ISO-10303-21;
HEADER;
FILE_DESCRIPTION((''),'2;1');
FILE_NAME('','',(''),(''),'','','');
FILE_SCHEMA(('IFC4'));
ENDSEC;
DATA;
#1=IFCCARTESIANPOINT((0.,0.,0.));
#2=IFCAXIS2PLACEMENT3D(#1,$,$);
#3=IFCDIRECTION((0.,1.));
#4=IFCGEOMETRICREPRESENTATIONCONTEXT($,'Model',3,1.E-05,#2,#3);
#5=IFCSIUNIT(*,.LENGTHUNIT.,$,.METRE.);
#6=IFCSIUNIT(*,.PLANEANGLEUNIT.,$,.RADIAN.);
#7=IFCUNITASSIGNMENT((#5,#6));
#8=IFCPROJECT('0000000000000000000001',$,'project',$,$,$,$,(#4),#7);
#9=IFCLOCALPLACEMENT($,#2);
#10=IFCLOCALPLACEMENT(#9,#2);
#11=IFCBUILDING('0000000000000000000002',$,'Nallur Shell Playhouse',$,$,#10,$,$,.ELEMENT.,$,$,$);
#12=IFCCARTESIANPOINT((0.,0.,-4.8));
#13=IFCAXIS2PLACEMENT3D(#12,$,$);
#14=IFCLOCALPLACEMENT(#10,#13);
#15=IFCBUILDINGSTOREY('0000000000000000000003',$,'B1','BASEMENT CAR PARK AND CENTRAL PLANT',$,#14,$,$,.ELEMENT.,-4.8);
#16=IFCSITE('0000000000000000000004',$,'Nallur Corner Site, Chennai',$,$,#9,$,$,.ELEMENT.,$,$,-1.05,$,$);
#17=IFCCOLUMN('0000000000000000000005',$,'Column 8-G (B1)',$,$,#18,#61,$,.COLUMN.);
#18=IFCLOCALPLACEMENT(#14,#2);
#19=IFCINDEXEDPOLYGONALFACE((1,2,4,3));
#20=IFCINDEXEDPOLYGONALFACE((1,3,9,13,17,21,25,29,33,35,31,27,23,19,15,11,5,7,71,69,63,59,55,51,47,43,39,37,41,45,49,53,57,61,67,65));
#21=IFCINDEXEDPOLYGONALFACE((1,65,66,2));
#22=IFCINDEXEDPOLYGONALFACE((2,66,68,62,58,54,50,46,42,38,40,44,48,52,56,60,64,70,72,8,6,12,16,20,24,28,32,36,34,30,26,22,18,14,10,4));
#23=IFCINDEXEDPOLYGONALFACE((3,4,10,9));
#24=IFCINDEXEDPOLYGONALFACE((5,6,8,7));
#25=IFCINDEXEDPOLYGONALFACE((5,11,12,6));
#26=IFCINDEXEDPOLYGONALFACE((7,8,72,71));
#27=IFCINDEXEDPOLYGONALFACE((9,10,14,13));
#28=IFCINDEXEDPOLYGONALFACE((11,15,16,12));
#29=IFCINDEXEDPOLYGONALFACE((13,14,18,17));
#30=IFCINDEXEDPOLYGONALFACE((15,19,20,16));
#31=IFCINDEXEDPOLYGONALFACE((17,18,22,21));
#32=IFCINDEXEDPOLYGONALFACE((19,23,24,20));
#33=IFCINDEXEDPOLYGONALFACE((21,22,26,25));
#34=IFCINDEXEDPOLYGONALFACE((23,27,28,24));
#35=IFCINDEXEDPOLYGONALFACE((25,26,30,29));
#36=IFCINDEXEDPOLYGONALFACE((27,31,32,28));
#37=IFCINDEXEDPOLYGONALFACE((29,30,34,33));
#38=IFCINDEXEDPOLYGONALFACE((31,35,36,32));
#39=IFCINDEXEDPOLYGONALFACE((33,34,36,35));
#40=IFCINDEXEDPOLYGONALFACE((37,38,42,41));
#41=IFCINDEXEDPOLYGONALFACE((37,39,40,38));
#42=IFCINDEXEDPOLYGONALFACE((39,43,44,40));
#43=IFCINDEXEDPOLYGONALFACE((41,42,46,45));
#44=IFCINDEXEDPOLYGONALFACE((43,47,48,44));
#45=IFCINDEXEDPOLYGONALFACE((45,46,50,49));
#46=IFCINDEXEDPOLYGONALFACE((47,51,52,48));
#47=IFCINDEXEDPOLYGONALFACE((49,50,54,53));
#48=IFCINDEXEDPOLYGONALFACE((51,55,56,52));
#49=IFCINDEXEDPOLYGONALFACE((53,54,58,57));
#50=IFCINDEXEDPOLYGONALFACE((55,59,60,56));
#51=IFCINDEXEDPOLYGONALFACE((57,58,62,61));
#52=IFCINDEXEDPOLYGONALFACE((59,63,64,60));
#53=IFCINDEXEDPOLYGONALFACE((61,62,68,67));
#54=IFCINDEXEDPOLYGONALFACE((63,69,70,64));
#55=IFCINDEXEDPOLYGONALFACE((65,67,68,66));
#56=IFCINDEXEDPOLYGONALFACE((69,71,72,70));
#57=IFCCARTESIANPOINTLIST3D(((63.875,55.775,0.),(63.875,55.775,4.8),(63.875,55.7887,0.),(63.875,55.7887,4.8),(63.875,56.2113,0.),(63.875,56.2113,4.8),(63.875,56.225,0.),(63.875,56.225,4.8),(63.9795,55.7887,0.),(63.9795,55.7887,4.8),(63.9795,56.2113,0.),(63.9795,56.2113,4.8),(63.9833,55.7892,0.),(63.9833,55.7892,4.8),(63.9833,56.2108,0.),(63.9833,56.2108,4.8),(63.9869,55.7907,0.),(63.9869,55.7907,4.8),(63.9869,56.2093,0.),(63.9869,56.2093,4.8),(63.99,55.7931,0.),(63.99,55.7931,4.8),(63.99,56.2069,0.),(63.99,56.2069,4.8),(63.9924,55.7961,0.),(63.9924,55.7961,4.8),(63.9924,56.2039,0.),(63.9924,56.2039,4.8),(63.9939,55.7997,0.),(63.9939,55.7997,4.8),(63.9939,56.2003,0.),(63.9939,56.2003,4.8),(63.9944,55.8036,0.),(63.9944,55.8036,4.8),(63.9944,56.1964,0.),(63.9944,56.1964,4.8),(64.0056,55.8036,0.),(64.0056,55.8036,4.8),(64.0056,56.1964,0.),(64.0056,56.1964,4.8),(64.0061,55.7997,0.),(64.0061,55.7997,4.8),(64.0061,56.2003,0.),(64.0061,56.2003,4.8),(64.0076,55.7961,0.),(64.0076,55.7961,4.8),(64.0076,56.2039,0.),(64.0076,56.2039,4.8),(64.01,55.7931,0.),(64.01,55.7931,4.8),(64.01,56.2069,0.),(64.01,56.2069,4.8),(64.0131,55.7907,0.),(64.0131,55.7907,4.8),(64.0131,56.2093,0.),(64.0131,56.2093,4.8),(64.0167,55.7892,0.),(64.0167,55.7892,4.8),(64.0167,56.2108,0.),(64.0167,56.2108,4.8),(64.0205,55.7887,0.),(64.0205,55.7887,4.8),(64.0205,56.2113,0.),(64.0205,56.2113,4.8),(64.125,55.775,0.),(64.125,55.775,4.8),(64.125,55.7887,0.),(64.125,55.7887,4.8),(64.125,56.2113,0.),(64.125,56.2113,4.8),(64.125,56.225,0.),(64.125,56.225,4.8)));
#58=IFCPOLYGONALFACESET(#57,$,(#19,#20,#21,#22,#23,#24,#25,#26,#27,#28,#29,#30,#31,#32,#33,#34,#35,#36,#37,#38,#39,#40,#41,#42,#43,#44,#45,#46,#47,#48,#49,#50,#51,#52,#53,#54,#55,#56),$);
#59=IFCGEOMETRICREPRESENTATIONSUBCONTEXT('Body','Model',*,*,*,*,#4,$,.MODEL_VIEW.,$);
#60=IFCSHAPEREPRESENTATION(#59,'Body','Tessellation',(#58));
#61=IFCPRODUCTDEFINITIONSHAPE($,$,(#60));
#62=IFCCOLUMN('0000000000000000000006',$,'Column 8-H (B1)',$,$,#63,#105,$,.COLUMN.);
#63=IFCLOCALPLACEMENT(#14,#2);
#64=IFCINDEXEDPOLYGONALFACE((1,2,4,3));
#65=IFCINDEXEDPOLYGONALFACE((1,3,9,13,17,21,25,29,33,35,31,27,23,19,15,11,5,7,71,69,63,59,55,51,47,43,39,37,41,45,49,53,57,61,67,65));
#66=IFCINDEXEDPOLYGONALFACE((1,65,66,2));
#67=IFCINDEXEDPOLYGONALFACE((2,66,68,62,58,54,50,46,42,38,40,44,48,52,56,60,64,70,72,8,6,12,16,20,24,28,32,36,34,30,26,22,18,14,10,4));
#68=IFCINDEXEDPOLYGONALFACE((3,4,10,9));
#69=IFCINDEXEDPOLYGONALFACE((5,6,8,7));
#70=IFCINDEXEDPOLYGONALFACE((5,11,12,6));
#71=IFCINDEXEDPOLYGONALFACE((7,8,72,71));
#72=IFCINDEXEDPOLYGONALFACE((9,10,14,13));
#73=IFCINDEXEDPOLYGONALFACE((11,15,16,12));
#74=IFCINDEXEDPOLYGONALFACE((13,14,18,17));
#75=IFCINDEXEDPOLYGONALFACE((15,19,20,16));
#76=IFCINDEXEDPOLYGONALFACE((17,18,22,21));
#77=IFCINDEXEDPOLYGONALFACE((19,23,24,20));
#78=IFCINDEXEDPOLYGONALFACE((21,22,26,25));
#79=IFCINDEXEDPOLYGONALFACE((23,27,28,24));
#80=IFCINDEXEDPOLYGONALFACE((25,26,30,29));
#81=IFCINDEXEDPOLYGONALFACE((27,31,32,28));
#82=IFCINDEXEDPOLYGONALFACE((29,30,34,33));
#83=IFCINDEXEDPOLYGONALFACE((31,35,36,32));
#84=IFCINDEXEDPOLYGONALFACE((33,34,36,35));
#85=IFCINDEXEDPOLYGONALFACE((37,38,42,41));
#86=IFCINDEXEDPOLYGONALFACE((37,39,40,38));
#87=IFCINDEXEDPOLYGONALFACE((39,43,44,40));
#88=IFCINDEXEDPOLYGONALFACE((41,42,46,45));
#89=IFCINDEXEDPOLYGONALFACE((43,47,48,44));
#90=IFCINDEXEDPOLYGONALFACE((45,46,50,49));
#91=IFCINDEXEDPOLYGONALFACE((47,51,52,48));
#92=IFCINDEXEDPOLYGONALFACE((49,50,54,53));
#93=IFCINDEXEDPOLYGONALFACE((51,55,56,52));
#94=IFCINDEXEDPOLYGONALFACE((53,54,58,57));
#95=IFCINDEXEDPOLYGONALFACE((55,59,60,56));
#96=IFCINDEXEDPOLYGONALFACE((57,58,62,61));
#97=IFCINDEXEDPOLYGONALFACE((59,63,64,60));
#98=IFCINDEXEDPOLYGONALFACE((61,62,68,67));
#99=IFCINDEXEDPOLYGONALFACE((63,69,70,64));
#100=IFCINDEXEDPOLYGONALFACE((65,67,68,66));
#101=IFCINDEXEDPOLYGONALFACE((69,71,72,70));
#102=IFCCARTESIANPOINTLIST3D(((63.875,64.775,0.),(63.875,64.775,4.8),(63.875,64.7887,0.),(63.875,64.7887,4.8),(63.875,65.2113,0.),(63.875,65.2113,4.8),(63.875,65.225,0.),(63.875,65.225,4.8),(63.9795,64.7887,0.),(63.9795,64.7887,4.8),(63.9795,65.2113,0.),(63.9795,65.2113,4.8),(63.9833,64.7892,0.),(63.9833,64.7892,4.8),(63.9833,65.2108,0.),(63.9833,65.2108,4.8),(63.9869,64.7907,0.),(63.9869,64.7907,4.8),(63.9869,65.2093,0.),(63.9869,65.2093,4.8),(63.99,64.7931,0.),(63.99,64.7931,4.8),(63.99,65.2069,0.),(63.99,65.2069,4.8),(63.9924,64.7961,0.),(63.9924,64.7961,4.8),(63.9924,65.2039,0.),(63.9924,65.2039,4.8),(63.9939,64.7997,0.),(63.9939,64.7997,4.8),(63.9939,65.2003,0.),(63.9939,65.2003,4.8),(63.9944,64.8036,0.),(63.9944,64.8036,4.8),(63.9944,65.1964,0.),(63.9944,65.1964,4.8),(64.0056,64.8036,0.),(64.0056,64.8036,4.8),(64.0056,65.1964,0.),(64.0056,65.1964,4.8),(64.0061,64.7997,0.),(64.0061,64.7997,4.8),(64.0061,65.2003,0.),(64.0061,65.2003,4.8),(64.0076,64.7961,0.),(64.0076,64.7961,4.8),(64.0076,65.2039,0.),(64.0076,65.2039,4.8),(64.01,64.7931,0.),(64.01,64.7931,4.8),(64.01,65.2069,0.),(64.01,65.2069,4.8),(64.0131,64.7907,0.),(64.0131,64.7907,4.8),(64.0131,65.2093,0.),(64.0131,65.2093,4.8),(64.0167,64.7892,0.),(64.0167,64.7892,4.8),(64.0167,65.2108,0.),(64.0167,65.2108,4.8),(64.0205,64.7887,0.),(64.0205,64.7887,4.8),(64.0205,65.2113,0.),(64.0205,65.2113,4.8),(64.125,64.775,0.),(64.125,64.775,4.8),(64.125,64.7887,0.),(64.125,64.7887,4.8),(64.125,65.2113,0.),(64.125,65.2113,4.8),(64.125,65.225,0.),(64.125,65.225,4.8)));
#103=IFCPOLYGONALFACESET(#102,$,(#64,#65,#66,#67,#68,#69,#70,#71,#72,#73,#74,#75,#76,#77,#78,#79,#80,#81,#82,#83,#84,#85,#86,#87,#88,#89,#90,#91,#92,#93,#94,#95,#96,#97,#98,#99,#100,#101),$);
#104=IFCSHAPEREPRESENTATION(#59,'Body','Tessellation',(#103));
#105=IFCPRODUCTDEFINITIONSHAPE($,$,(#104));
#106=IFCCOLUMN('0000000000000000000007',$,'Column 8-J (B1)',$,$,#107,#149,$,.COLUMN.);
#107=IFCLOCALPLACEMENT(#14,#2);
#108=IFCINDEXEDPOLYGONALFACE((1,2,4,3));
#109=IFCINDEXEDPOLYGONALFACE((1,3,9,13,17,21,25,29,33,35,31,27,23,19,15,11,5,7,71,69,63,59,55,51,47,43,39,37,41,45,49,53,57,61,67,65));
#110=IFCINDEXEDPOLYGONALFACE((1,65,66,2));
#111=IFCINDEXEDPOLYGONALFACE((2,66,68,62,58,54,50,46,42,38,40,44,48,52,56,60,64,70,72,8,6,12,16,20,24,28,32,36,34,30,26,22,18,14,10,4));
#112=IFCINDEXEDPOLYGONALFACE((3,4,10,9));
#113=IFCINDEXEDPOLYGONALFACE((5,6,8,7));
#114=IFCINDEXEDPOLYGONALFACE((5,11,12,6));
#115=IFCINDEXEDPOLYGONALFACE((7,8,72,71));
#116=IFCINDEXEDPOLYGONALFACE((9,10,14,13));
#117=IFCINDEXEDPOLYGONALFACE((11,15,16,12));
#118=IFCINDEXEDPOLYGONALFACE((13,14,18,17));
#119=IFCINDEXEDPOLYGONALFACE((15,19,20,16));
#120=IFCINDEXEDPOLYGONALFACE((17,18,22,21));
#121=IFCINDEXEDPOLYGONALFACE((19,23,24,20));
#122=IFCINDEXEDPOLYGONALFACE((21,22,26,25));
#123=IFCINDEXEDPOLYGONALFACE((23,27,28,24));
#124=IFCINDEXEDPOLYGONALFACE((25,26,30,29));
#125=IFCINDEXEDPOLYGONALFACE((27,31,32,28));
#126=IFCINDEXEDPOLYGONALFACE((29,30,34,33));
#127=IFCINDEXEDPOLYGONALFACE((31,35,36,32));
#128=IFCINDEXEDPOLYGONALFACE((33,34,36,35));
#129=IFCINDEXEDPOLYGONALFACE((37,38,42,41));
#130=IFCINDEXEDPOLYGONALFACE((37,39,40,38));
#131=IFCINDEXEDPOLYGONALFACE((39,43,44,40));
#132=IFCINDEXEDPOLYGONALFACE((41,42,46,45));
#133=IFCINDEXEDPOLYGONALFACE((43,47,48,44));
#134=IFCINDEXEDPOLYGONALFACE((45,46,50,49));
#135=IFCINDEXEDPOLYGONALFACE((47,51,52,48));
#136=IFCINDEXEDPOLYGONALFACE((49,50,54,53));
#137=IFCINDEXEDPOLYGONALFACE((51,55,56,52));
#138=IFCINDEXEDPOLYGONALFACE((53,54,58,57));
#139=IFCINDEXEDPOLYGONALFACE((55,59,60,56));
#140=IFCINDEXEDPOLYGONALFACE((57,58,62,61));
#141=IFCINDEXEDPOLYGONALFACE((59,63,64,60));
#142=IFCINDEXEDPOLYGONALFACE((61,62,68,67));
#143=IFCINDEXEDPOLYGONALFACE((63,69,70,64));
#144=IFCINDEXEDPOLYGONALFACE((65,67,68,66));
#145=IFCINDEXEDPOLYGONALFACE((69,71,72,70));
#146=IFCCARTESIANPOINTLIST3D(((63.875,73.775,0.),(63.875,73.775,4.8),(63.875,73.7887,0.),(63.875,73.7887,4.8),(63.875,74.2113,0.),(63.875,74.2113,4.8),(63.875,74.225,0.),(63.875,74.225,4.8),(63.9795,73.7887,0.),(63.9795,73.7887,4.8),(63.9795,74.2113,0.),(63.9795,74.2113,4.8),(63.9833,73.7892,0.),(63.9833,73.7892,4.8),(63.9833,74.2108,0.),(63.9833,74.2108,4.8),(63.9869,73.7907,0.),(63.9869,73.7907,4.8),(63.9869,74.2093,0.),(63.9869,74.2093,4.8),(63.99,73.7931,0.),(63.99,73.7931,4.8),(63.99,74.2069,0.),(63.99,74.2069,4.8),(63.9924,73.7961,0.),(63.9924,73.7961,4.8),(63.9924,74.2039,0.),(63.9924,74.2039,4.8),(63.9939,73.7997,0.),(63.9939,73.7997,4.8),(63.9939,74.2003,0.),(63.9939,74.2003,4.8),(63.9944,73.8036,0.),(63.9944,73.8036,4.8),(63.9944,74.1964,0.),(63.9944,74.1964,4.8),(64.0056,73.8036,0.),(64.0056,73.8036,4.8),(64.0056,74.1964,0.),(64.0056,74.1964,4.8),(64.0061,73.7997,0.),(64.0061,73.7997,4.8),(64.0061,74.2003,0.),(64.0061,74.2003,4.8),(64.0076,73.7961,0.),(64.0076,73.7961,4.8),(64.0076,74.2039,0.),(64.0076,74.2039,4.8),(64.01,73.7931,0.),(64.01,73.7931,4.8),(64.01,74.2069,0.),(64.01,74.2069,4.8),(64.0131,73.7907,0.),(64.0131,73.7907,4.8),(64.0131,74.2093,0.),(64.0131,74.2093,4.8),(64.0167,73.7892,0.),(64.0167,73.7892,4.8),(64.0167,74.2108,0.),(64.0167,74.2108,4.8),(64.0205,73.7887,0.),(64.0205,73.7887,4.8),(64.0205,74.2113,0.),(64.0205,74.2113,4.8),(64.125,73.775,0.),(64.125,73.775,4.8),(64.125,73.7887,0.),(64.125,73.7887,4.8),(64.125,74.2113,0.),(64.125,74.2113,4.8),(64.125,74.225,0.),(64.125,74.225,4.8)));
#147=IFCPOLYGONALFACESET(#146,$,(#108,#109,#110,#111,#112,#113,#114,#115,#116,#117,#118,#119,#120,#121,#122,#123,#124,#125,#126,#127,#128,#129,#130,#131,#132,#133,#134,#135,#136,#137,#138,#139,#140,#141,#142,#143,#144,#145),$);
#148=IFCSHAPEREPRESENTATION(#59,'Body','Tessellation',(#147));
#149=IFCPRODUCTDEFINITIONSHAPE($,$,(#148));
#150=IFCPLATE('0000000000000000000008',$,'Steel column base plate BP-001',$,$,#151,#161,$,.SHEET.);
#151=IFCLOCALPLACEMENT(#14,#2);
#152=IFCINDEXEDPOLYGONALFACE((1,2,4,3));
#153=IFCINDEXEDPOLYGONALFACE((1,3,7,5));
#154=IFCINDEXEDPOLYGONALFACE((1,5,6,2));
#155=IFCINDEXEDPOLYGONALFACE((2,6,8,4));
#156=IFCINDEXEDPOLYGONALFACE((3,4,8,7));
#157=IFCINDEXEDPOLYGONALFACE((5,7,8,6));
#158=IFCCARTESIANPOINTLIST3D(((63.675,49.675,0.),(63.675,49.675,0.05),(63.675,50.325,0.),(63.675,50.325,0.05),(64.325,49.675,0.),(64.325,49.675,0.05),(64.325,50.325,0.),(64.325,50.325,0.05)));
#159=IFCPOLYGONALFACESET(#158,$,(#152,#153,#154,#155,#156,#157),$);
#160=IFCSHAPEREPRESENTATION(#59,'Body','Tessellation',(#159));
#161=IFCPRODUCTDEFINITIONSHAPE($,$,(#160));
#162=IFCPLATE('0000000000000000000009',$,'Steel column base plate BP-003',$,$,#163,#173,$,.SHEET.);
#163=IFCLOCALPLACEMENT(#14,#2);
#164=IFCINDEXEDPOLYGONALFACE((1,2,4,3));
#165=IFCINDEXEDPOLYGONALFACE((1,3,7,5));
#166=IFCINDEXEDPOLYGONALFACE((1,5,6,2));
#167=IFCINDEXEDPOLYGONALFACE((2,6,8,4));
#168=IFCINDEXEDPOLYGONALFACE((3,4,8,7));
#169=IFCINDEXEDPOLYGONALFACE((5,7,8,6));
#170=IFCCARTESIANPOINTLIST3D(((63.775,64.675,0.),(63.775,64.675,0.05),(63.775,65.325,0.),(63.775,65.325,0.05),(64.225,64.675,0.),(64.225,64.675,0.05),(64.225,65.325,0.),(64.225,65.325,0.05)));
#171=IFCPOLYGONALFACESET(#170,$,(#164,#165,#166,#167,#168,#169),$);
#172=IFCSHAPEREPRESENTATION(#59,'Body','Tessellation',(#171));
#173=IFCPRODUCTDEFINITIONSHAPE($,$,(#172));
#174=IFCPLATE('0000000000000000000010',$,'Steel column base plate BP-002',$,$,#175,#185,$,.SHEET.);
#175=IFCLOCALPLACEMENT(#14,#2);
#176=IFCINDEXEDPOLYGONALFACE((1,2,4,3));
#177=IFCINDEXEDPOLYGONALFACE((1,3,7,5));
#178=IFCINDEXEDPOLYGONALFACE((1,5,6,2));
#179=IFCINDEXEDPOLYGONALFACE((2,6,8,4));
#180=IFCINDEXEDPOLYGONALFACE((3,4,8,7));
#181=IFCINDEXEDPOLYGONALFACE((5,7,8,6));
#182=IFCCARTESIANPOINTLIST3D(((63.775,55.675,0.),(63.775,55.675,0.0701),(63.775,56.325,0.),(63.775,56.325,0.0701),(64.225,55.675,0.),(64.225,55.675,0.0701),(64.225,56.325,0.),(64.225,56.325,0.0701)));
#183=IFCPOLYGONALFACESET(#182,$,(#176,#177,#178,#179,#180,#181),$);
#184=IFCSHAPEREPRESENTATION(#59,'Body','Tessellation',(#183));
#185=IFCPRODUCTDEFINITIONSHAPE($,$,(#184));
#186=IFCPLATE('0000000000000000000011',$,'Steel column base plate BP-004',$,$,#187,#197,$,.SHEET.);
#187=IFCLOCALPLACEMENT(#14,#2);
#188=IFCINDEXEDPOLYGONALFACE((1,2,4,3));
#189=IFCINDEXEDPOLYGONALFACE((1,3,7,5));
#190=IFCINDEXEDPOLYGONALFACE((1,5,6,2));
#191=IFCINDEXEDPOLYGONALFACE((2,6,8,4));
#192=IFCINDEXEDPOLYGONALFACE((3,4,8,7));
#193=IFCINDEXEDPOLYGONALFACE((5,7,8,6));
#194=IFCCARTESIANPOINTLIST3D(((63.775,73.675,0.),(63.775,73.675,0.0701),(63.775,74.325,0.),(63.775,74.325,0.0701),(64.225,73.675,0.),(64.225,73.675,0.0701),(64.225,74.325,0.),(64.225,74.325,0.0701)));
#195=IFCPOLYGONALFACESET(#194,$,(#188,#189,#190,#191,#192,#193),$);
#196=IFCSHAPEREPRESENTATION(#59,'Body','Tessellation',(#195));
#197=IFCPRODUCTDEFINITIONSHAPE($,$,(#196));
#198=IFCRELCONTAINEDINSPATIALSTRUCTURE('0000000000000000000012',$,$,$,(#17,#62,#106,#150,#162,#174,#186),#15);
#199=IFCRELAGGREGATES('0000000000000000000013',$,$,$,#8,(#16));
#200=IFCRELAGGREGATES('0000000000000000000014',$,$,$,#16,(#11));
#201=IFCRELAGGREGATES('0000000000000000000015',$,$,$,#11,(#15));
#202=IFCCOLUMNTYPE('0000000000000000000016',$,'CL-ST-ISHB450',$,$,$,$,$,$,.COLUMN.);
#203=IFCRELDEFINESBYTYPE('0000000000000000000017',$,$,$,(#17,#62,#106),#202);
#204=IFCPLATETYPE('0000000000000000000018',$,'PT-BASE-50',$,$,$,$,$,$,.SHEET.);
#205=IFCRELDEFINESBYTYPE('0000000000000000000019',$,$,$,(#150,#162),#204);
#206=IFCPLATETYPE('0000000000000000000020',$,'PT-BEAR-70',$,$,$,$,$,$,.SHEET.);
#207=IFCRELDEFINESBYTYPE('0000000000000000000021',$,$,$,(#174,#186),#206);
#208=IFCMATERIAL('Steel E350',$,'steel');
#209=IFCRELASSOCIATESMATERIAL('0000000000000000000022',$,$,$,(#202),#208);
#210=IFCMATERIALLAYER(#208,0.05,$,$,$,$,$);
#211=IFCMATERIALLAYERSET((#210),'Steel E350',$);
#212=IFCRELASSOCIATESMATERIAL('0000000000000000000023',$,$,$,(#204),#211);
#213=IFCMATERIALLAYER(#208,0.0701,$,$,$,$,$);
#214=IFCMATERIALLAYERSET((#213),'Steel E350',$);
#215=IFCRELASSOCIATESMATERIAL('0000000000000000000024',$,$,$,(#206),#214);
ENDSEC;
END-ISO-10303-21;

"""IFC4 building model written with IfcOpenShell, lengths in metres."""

from ifc_helpers import new_model, si_unit, direction, frame, origin, origin_2d, place, context, subcontext, project, spatial, rectangle, i_section, extrude, material, layer, layer_set, material_profile, profile_set, type_object, element, save


model = new_model("IFC4")

# Units and contexts
model_context = context("Model", 3, precision=1e-05, world=origin(), true_north=direction((0.0, 1.0)))
body_context = subcontext(model_context, "Body", "Model", "MODEL_VIEW")
ifc_project = project(units=[si_unit("LENGTHUNIT", "METRE"), si_unit("PLANEANGLEUNIT", "RADIAN")], contexts=[model_context])

# Site, building, storey
site_placement = place(None, origin())
site = spatial("IfcSite", under=ifc_project, at=site_placement, Name="Nallur Corner Site, Chennai", CompositionType="ELEMENT", RefElevation=-1.05)
building_placement = place(site_placement, origin())
building = spatial("IfcBuilding", under=site, at=building_placement, Name="Nallur Shell Playhouse", CompositionType="ELEMENT")
storey_placement = place(building_placement, frame((0.0, 0.0, -4.8)))
storey = spatial("IfcBuildingStorey", under=building, at=storey_placement, Name="B1", Description="BASEMENT CAR PARK AND CENTRAL PLANT", CompositionType="ELEMENT", Elevation=-4.8)

# Columns
ifc_material_1 = material(Name="Steel E350", Category="steel")
ifc_material_profile_1 = material_profile(ifc_material_1, i_section(OverallWidth=0.25, OverallDepth=0.45, WebThickness=0.0112, FlangeThickness=0.0137, FilletRadius=0.0149, at=origin_2d()), Name="ISHB 450")
ifc_profile_set_1 = profile_set([ifc_material_profile_1], Name="Steel E350")
column_type_1 = type_object("IfcColumnType", Name="CL-ST-ISHB450", PredefinedType="COLUMN", material=ifc_profile_set_1)
for number, where, z_axis, x_axis, name in (
    (1, (64.0, 56.0, 0.0), (0.0, 0.0, 1.0), (1.0, 0.0, 0.0), "Column 8-G (B1)"),
    (2, (64.0, 65.0, 0.0), (0.0, 0.0, 1.0), (1.0, 0.0, 0.0), "Column 8-H (B1)"),
    (3, (64.0, 74.0, 0.0), (0.0, 0.0, 1.0), (1.0, 0.0, 0.0), "Column 8-J (B1)"),
):
    element("IfcColumn", number, at=place(storey_placement, frame(where, z_axis=z_axis, x_axis=x_axis)), inside=storey, type_object=column_type_1, Name=name, PredefinedType="COLUMN", context=body_context, shape_type="SweptSolid", body=[
        extrude(i_section(OverallWidth=0.25, OverallDepth=0.45, WebThickness=0.0112, FlangeThickness=0.0137, FilletRadius=0.0149, at=origin_2d()), origin(), (0.0, 0.0, 1.0), 4.8),
    ])

# Plates
ifc_layer_1 = layer(ifc_material_1, 0.05)
ifc_layer_set_1 = layer_set([ifc_layer_1], Name="Steel E350")
plate_type_1 = type_object("IfcPlateType", Name="PT-BASE-50", PredefinedType="SHEET", material=ifc_layer_set_1)
plate_1_placement = place(storey_placement, frame((64.0, 50.0, 0.0), z_axis=(0.0, 0.0, 1.0), x_axis=(1.0, 0.0, 0.0)))
element("IfcPlate", 4, at=plate_1_placement, inside=storey, type_object=plate_type_1, Name="Steel column base plate BP-001", PredefinedType="SHEET", context=body_context, shape_type="SweptSolid", body=[
    extrude(rectangle(XDim=0.6499, YDim=0.6499, at=origin_2d()), origin(), (0.0, 0.0, 1.0), 0.05),
])
plate_2_placement = place(storey_placement, frame((64.0, 65.0, 0.0), z_axis=(0.0, 0.0, 1.0), x_axis=(1.0, 0.0, 0.0)))
element("IfcPlate", 5, at=plate_2_placement, inside=storey, type_object=plate_type_1, Name="Steel column base plate BP-003", PredefinedType="SHEET", context=body_context, shape_type="SweptSolid", body=[
    extrude(rectangle(XDim=0.45, YDim=0.6499, at=origin_2d()), origin(), (0.0, 0.0, 1.0), 0.05),
])
ifc_layer_2 = layer(ifc_material_1, 0.0701)
ifc_layer_set_2 = layer_set([ifc_layer_2], Name="Steel E350")
plate_type_2 = type_object("IfcPlateType", Name="PT-BEAR-70", PredefinedType="SHEET", material=ifc_layer_set_2)
for number, where, z_axis, x_axis, name in (
    (6, (64.0, 56.0, 0.0), (0.0, 0.0, 1.0), (1.0, 0.0, 0.0), "Steel column base plate BP-002"),
    (7, (64.0, 74.0, 0.0), (0.0, 0.0, 1.0), (1.0, 0.0, 0.0), "Steel column base plate BP-004"),
):
    element("IfcPlate", number, at=place(storey_placement, frame(where, z_axis=z_axis, x_axis=x_axis)), inside=storey, type_object=plate_type_2, Name=name, PredefinedType="SHEET", context=body_context, shape_type="SweptSolid", body=[
        extrude(rectangle(XDim=0.45, YDim=0.6499, at=origin_2d()), origin(), (0.0, 0.0, 1.0), 0.0701),
    ])

save(model, "model.ifc")
